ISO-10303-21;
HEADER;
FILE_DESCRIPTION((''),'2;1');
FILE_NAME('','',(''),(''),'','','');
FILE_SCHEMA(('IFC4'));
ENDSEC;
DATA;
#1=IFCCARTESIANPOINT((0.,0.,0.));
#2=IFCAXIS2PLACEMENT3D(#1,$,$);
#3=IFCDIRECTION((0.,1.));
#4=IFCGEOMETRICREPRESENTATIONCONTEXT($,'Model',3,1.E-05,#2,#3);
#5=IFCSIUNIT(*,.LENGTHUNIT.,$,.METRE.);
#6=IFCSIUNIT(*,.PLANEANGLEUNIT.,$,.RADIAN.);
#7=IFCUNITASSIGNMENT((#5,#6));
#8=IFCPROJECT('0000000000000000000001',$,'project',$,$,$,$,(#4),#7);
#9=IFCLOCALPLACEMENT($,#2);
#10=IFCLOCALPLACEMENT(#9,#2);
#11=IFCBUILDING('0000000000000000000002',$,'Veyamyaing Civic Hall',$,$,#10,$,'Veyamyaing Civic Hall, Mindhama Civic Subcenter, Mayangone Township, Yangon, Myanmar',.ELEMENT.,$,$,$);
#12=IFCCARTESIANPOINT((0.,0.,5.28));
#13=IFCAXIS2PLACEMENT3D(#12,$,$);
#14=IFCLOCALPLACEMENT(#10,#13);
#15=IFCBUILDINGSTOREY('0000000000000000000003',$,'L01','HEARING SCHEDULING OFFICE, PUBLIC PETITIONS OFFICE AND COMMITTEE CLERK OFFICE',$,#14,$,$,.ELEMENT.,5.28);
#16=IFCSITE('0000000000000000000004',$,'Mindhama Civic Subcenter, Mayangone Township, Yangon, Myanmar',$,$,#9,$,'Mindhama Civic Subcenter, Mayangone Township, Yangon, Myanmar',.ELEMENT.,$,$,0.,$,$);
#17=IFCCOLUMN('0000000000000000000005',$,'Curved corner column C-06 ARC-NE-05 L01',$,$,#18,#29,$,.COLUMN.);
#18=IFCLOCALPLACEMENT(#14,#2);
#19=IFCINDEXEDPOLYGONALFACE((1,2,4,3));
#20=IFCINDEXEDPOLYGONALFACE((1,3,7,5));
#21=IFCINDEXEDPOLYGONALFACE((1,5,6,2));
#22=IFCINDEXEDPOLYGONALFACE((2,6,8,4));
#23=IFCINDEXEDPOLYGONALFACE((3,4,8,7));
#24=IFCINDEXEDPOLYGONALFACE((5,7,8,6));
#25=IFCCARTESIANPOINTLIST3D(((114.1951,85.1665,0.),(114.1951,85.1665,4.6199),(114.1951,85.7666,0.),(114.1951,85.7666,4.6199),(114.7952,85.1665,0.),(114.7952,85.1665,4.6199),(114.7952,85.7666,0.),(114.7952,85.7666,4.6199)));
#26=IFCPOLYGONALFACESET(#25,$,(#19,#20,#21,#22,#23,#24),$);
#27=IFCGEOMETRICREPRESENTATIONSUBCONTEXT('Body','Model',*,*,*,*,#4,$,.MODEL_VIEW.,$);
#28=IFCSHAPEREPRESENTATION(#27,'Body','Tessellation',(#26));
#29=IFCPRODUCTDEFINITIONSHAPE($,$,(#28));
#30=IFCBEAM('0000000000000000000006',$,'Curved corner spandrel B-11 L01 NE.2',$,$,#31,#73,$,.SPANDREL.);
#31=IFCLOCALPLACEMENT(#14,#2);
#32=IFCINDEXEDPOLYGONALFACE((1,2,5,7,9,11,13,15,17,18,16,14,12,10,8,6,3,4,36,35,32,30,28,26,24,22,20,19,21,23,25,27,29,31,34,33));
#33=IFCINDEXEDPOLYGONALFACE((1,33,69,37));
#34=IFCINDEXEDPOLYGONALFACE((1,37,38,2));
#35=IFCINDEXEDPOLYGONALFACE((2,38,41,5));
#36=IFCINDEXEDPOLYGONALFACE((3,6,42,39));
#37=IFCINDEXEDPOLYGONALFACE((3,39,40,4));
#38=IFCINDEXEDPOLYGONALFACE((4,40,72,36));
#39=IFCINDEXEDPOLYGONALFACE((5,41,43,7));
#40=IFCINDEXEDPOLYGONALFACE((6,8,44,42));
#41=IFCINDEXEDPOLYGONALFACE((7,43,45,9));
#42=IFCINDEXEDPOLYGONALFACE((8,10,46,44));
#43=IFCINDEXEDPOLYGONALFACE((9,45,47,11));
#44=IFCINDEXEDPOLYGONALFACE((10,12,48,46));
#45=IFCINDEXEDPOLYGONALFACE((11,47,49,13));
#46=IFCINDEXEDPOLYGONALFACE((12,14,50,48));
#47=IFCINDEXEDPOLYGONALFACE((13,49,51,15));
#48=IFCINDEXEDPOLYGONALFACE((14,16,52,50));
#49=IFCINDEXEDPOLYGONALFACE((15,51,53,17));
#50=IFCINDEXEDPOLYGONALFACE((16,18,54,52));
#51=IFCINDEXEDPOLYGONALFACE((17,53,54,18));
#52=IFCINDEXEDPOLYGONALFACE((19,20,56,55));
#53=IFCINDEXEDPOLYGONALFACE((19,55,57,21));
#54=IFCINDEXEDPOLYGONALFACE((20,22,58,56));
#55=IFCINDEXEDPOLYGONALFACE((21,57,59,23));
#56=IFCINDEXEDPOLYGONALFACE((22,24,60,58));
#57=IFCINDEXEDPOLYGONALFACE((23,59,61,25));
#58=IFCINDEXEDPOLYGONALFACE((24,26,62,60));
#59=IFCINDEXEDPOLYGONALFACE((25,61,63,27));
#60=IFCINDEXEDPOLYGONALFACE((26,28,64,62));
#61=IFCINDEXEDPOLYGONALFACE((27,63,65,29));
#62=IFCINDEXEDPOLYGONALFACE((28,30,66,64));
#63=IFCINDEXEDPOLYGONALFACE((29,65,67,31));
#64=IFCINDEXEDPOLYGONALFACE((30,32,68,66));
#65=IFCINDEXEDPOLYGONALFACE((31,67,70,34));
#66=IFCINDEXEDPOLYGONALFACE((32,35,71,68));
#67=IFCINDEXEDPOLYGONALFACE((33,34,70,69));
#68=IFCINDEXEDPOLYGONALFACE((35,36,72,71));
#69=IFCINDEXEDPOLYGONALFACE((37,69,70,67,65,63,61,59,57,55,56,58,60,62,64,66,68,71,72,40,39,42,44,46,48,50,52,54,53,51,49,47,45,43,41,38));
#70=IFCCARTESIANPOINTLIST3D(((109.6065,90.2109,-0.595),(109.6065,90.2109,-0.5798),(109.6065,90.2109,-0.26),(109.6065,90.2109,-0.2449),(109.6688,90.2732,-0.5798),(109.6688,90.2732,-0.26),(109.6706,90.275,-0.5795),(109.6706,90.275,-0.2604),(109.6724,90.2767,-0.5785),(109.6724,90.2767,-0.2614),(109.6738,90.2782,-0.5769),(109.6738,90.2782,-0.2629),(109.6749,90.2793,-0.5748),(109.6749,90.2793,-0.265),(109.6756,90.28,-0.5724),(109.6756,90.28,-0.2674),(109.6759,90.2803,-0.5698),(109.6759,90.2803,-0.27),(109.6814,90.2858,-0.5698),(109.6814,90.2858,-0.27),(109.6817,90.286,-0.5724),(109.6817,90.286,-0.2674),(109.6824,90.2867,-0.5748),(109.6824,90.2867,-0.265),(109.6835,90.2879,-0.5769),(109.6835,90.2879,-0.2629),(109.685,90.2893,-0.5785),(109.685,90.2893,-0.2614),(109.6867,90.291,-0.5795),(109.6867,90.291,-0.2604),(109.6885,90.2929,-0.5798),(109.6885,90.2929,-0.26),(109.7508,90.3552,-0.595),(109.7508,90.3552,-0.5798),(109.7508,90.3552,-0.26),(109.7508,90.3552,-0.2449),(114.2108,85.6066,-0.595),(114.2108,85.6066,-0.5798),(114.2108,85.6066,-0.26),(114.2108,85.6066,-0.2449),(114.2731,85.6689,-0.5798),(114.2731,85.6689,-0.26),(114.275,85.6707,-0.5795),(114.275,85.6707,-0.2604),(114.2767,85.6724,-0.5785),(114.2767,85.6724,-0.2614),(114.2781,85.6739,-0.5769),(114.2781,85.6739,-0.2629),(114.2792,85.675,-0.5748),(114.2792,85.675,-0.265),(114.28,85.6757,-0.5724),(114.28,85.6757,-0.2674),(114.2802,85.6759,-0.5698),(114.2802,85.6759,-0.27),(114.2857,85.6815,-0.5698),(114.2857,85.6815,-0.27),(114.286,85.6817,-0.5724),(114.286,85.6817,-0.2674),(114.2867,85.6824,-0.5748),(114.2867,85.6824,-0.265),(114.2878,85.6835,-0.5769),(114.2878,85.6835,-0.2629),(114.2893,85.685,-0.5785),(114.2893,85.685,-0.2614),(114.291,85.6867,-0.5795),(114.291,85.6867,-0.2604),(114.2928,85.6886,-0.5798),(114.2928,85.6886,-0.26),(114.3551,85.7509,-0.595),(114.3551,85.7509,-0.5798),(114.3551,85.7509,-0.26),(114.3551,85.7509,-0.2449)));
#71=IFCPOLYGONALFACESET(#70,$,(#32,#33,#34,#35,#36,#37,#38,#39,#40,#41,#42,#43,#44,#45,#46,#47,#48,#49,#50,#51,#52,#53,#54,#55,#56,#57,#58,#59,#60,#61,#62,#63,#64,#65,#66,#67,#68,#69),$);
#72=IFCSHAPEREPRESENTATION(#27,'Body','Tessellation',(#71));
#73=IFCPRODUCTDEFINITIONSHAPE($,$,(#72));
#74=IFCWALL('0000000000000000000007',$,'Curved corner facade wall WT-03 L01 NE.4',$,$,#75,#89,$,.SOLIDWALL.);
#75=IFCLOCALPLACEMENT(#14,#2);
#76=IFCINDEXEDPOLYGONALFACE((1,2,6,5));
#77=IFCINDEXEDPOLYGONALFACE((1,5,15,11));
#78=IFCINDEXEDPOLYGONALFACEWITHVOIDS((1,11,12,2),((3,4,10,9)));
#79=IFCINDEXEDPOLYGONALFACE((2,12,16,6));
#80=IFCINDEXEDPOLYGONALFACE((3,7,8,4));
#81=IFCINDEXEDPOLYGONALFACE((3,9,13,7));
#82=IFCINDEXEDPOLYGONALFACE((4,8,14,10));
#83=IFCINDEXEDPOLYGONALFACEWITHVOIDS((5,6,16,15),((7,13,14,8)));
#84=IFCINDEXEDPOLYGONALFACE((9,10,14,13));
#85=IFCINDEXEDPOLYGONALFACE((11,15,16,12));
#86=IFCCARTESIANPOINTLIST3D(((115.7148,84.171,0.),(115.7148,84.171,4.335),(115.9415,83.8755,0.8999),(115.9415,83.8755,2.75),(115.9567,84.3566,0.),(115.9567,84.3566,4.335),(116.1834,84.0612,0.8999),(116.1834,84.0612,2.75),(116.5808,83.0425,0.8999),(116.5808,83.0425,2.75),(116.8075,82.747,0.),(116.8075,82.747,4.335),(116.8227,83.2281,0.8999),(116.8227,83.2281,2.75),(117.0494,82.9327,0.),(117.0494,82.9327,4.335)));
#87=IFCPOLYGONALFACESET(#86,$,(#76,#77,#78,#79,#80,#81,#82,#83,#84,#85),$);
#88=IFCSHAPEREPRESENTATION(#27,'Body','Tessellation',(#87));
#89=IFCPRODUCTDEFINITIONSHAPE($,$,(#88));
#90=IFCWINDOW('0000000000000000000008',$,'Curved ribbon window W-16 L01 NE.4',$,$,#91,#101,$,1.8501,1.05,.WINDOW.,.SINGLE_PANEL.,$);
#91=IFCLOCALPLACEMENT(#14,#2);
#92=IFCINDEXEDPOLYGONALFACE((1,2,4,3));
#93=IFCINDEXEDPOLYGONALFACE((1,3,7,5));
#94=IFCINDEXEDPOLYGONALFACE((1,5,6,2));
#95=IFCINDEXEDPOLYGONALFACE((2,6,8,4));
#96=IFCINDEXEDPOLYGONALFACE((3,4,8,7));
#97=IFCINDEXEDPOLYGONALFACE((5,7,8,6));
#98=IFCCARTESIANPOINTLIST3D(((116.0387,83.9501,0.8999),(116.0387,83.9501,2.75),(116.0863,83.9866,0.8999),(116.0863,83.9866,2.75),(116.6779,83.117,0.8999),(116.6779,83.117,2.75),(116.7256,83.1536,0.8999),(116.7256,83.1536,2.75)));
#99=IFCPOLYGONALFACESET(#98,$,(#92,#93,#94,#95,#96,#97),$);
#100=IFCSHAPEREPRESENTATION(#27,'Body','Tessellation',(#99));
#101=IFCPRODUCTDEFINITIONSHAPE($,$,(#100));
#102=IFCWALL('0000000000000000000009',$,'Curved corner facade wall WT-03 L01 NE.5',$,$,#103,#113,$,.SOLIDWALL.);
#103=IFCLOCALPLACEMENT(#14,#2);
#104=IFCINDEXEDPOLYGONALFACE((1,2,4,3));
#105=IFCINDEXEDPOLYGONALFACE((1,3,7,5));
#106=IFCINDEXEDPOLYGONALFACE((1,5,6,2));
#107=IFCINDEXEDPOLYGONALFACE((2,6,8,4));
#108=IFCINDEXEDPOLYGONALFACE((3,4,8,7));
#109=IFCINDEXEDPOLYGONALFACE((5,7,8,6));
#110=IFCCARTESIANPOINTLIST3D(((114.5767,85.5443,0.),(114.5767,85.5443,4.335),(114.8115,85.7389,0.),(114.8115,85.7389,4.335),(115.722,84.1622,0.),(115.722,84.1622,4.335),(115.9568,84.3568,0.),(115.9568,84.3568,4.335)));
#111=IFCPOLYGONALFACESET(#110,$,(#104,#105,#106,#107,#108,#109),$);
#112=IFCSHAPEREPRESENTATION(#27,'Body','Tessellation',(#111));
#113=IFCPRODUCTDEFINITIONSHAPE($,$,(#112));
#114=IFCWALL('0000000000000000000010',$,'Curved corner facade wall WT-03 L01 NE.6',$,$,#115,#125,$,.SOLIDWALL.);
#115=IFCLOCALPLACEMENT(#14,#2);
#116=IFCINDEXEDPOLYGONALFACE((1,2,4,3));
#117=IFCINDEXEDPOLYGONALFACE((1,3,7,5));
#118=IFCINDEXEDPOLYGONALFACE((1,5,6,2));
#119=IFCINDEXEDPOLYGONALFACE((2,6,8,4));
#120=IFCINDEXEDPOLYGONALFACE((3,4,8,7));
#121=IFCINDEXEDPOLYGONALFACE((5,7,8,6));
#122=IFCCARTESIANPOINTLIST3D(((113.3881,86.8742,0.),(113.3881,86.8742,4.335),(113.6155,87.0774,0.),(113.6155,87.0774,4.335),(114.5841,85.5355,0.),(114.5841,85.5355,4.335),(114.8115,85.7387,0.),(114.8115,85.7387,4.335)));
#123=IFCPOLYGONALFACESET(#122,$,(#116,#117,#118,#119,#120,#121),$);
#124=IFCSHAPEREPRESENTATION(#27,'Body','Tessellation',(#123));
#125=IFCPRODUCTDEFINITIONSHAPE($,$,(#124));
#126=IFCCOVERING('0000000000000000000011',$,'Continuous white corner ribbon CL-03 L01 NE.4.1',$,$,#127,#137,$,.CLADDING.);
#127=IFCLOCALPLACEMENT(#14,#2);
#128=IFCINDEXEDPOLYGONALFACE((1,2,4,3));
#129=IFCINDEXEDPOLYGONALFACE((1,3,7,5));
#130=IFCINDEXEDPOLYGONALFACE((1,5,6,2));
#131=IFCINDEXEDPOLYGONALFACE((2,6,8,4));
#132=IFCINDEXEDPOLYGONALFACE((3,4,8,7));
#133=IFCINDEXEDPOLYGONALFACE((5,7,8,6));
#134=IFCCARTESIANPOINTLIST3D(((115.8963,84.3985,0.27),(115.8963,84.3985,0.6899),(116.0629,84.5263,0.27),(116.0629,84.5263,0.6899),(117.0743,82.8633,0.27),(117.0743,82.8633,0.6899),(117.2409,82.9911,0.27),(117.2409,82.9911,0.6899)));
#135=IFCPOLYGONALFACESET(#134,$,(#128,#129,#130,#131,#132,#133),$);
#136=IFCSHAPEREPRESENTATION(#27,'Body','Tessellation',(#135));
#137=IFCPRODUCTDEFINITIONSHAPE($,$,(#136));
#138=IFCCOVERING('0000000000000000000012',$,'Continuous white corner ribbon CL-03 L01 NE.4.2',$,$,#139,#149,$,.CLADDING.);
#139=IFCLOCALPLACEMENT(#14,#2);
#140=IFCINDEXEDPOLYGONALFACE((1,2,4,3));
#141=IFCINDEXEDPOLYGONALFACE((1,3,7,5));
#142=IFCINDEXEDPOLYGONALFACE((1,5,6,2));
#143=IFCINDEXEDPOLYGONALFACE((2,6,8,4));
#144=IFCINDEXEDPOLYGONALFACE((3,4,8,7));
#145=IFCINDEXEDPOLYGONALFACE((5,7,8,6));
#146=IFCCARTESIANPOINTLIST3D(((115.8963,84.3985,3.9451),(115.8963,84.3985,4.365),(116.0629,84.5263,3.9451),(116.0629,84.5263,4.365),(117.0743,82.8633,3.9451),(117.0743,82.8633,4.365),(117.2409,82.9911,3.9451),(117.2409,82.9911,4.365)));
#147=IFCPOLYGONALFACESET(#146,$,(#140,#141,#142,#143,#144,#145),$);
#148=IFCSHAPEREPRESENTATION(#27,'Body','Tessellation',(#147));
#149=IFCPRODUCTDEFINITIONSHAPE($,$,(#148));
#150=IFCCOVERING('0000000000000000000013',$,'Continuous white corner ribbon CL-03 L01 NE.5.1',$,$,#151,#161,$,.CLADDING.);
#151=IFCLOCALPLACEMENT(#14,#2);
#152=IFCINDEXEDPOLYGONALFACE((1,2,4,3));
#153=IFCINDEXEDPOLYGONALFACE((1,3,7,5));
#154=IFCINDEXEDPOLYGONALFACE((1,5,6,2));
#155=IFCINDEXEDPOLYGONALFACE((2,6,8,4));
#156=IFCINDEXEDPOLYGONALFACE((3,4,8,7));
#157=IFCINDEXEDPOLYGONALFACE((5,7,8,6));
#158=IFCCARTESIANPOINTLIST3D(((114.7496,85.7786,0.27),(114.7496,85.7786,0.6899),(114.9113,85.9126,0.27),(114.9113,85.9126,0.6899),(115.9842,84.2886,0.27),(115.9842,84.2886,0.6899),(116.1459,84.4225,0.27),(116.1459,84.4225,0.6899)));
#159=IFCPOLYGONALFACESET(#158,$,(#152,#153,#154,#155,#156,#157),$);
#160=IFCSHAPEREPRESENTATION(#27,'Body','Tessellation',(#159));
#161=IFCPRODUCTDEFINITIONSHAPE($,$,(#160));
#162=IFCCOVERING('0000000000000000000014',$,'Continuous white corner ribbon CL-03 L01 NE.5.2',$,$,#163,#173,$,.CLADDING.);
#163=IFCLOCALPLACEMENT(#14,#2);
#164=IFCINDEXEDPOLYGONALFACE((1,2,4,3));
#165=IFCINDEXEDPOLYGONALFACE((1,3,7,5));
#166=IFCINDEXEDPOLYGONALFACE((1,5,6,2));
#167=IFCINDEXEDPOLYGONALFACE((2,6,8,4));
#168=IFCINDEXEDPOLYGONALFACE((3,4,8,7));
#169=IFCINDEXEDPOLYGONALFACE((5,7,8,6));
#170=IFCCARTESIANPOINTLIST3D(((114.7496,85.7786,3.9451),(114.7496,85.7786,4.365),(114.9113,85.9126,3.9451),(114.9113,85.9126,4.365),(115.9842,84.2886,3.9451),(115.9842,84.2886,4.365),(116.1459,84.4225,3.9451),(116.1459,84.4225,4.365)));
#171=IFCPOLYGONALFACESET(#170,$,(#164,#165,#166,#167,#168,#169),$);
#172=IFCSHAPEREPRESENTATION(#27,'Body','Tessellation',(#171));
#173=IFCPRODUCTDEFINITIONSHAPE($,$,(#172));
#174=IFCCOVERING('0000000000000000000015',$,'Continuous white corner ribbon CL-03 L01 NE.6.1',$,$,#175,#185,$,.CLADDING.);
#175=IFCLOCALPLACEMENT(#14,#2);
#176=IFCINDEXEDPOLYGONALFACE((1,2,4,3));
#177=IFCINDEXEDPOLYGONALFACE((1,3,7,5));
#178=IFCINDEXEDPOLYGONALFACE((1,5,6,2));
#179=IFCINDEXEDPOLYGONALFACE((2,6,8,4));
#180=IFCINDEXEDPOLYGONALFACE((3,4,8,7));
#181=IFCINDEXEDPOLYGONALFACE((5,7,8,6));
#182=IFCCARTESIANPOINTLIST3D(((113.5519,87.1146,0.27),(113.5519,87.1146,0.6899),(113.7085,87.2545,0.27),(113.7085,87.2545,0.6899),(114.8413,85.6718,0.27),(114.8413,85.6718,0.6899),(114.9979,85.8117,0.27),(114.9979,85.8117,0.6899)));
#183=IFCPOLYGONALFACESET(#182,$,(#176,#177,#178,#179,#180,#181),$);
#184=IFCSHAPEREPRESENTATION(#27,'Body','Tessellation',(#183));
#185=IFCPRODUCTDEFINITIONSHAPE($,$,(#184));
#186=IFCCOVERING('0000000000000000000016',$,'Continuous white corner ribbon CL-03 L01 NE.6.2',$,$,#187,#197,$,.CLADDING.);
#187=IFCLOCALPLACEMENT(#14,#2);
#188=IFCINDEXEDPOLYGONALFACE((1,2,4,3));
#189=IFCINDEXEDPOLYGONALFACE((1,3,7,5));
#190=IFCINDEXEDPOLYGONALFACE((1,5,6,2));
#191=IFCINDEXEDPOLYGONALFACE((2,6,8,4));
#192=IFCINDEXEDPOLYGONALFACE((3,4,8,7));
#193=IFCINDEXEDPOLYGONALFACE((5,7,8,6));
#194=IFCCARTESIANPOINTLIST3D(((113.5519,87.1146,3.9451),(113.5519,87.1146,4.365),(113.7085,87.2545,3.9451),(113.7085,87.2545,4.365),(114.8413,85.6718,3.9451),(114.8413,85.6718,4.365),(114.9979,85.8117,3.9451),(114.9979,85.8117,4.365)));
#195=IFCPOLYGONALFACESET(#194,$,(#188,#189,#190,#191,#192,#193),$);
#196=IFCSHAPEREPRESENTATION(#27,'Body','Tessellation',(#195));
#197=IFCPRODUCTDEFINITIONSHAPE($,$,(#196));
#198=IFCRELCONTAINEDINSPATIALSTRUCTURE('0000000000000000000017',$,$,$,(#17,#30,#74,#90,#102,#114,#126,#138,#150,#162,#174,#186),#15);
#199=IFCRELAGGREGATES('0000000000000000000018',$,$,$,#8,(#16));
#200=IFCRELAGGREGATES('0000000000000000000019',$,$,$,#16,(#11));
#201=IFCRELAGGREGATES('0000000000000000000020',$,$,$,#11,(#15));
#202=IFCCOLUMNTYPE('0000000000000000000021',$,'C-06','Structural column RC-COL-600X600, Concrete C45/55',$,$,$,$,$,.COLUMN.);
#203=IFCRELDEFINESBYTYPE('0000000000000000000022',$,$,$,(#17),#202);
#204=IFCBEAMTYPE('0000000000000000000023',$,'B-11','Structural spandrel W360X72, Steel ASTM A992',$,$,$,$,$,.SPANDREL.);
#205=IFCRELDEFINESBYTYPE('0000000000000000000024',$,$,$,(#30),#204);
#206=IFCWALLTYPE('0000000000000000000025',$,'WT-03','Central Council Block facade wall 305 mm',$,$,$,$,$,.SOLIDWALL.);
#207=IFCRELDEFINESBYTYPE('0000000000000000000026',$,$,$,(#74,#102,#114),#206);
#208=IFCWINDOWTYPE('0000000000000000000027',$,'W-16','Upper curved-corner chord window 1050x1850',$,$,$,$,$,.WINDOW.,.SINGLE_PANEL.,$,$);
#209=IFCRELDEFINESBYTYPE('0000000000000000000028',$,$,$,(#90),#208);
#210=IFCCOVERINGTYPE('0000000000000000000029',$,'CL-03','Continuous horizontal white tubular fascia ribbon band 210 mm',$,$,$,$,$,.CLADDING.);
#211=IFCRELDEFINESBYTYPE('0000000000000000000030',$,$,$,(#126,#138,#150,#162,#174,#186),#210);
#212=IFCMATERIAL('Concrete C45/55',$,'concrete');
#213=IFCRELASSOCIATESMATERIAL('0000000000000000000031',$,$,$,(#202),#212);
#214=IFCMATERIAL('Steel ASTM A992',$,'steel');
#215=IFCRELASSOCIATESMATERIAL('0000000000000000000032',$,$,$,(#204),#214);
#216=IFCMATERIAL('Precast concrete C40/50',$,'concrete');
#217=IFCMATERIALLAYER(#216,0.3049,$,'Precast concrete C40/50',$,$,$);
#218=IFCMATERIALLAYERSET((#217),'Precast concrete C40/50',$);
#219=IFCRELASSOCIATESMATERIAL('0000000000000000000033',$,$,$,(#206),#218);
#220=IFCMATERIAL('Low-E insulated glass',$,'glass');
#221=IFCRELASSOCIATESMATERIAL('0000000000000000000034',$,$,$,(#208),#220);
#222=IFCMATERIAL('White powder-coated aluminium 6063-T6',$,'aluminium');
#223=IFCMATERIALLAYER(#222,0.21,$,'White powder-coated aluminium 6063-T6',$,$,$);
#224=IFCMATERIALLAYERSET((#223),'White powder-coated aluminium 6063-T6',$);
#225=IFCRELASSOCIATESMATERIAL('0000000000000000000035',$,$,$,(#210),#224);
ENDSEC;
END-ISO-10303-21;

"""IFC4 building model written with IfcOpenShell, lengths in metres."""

from ifc_helpers import new_model, si_unit, direction, frame, frame_2d, origin, origin_2d, place, context, subcontext, project, spatial, rectangle, i_section, extrude, material, layer, layer_set, material_profile, profile_set, type_object, element, fill, save


model = new_model("IFC4")

# Units and contexts
model_context = context("Model", 3, precision=1e-05, world=origin(), true_north=direction((0.0, 1.0)))
body_context = subcontext(model_context, "Body", "Model", "MODEL_VIEW")
ifc_project = project(units=[si_unit("LENGTHUNIT", "METRE"), si_unit("PLANEANGLEUNIT", "RADIAN")], contexts=[model_context])

# Site, building, storey
site_placement = place(None, origin())
site = spatial("IfcSite", under=ifc_project, at=site_placement, Name="Mindhama Civic Subcenter, Mayangone Township, Yangon, Myanmar", LongName="Mindhama Civic Subcenter, Mayangone Township, Yangon, Myanmar", CompositionType="ELEMENT", RefElevation=0.0)
building_placement = place(site_placement, origin())
building = spatial("IfcBuilding", under=site, at=building_placement, Name="Veyamyaing Civic Hall", LongName="Veyamyaing Civic Hall, Mindhama Civic Subcenter, Mayangone Township, Yangon, Myanmar", CompositionType="ELEMENT")
storey_placement = place(building_placement, frame((0.0, 0.0, 5.28)))
storey = spatial("IfcBuildingStorey", under=building, at=storey_placement, Name="L01", Description="HEARING SCHEDULING OFFICE, PUBLIC PETITIONS OFFICE AND COMMITTEE CLERK OFFICE", CompositionType="ELEMENT", Elevation=5.28)

# Column
ifc_material_1 = material(Name="Concrete C45/55", Category="concrete")
ifc_material_profile_1 = material_profile(ifc_material_1, rectangle(XDim=0.6001, YDim=0.6001, at=origin_2d()), Name="RC-COL-600X600")
ifc_profile_set_1 = profile_set([ifc_material_profile_1], Name="Concrete C45/55")
column_type = type_object("IfcColumnType", Name="C-06", Description="Structural column RC-COL-600X600, Concrete C45/55", PredefinedType="COLUMN", material=ifc_profile_set_1)
column_placement = place(storey_placement, frame((114.4951, 85.4666, 0.0), z_axis=(0.0, 0.0, 1.0), x_axis=(1.0, 0.0, 0.0)))
element("IfcColumn", 1, at=column_placement, inside=storey, type_object=column_type, Name="Curved corner column C-06 ARC-NE-05 L01", PredefinedType="COLUMN", context=body_context, shape_type="SweptSolid", body=[
    extrude(rectangle(XDim=0.6001, YDim=0.6001, at=origin_2d()), origin(), (0.0, 0.0, 1.0), 4.6199),
])

# Beam
ifc_material_2 = material(Name="Steel ASTM A992", Category="steel")
ifc_material_profile_2 = material_profile(ifc_material_2, i_section(OverallWidth=0.2041, OverallDepth=0.3501, WebThickness=0.0078, FlangeThickness=0.0151, FilletRadius=0.01, at=origin_2d()), Name="W360X72")
ifc_profile_set_2 = profile_set([ifc_material_profile_2], Name="Steel ASTM A992")
beam_type = type_object("IfcBeamType", Name="B-11", Description="Structural spandrel W360X72, Steel ASTM A992", PredefinedType="SPANDREL", material=ifc_profile_set_2)
beam_placement = place(storey_placement, frame((114.283, 85.6787, -0.4199), z_axis=(-0.707107, 0.707107, 0.0), x_axis=(-0.707107, -0.707107, 0.0)))
element("IfcBeam", 2, at=beam_placement, inside=storey, type_object=beam_type, Name="Curved corner spandrel B-11 L01 NE.2", PredefinedType="SPANDREL", context=body_context, shape_type="SweptSolid", body=[
    extrude(i_section(OverallWidth=0.2041, OverallDepth=0.3501, WebThickness=0.0078, FlangeThickness=0.0151, FilletRadius=0.01, at=origin_2d()), origin(), (0.0, 0.0, 1.0), 6.5115),
])

# Wall, opening, window
ifc_material_3 = material(Name="Precast concrete C40/50", Category="concrete")
ifc_layer_1 = layer(ifc_material_3, 0.3049, Name="Precast concrete C40/50")
ifc_layer_set_1 = layer_set([ifc_layer_1], Name="Precast concrete C40/50")
wall_type = type_object("IfcWallType", Name="WT-03", Description="Central Council Block facade wall 305 mm", PredefinedType="SOLIDWALL", material=ifc_layer_set_1)
wall_1_placement = place(storey_placement, frame((116.9285, 82.8398, 0.0), z_axis=(0.0, 0.0, 1.0), x_axis=(-0.608777, 0.793341, 0.0)))
wall_1 = element("IfcWall", 3, at=wall_1_placement, inside=storey, type_object=wall_type, Name="Curved corner facade wall WT-03 L01 NE.4", PredefinedType="SOLIDWALL", context=body_context, shape_type="SweptSolid", body=[
    extrude(rectangle(XDim=1.7949, YDim=0.3049, at=frame_2d((0.8975, 0.0))), origin(), (0.0, 0.0, 1.0), 4.335),
])
opening_placement = place(wall_1_placement, frame((0.3726, 0.0, 0.8999)))
opening = element("IfcOpeningElement", 4, at=opening_placement, cuts=wall_1, PredefinedType="OPENING", context=body_context, shape_type="SweptSolid", body=[
    extrude(rectangle(XDim=1.05, YDim=1.8501, at=frame_2d((0.5249, 0.925))), frame((0.0, 0.1624, 0.0), z_axis=(0.0, -1.0, 0.0), x_axis=(1.0, 0.0, 0.0)), (0.0, 0.0, 1.0), 0.325),
])
ifc_material_4 = material(Name="Low-E insulated glass", Category="glass")
window_type = type_object("IfcWindowType", Name="W-16", Description="Upper curved-corner chord window 1050x1850", PartitioningType="SINGLE_PANEL", PredefinedType="WINDOW", material=ifc_material_4)
window_placement = place(opening_placement, origin())
window = element("IfcWindow", 5, at=window_placement, inside=storey, type_object=window_type, Name="Curved ribbon window W-16 L01 NE.4", OverallHeight=1.8501, OverallWidth=1.05, PartitioningType="SINGLE_PANEL", PredefinedType="WINDOW", context=body_context, shape_type="SweptSolid", body=[
    extrude(rectangle(XDim=1.05, YDim=1.8501, at=frame_2d((0.5249, 0.925))), frame((0.0, 0.03, 0.0), z_axis=(0.0, -1.0, 0.0), x_axis=(1.0, 0.0, 0.0)), (0.0, 0.0, 1.0), 0.0601),
])
fill(opening, window)

# Walls
wall_2_placement = place(storey_placement, frame((115.8394, 84.2595, 0.0), z_axis=(0.0, 0.0, 1.0), x_axis=(-0.638055, 0.769991, 0.0)))
element("IfcWall", 6, at=wall_2_placement, inside=storey, type_object=wall_type, Name="Curved corner facade wall WT-03 L01 NE.5", PredefinedType="SOLIDWALL", context=body_context, shape_type="SweptSolid", body=[
    extrude(rectangle(XDim=1.7949, YDim=0.3049, at=frame_2d((0.8975, 0.0))), origin(), (0.0, 0.0, 1.0), 4.335),
])
wall_3_placement = place(storey_placement, frame((114.6978, 85.6372, 0.0), z_axis=(0.0, 0.0, 1.0), x_axis=(-0.666278, 0.745704, 0.0)))
element("IfcWall", 7, at=wall_3_placement, inside=storey, type_object=wall_type, Name="Curved corner facade wall WT-03 L01 NE.6", PredefinedType="SOLIDWALL", context=body_context, shape_type="SweptSolid", body=[
    extrude(rectangle(XDim=1.7952, YDim=0.3049, at=frame_2d((0.8975, 0.0))), origin(), (0.0, 0.0, 1.0), 4.335),
])

# Coverings
ifc_material_5 = material(Name="White powder-coated aluminium 6063-T6", Category="aluminium")
ifc_layer_2 = layer(ifc_material_5, 0.21, Name="White powder-coated aluminium 6063-T6")
ifc_layer_set_2 = layer_set([ifc_layer_2], Name="White powder-coated aluminium 6063-T6")
covering_type = type_object("IfcCoveringType", Name="CL-03", Description="Continuous horizontal white tubular fascia ribbon band 210 mm", PredefinedType="CLADDING", material=ifc_layer_set_2)
for number, where, z_axis, x_axis, name in (
    (8, (116.5686, 83.6948, 0.27), (0.0, 0.0, 1.0), (-0.608761, 0.793353, 0.0), "Continuous white corner ribbon CL-03 L01 NE.4.1"),
    (9, (116.5686, 83.6948, 3.9451), (0.0, 0.0, 1.0), (-0.608761, 0.793353, 0.0), "Continuous white corner ribbon CL-03 L01 NE.4.2"),
    (10, (115.4478, 85.1006, 0.27), (0.0, 0.0, 1.0), (-0.638, 0.770036, 0.0), "Continuous white corner ribbon CL-03 L01 NE.5.1"),
    (11, (115.4478, 85.1006, 3.9451), (0.0, 0.0, 1.0), (-0.638, 0.770036, 0.0), "Continuous white corner ribbon CL-03 L01 NE.5.2"),
    (12, (114.2749, 86.4631, 0.27), (0.0, 0.0, 1.0), (-0.666347, 0.745642, 0.0), "Continuous white corner ribbon CL-03 L01 NE.6.1"),
    (13, (114.2749, 86.4631, 3.9451), (0.0, 0.0, 1.0), (-0.666347, 0.745642, 0.0), "Continuous white corner ribbon CL-03 L01 NE.6.2"),
):
    element("IfcCovering", number, at=place(storey_placement, frame(where, z_axis=z_axis, x_axis=x_axis)), inside=storey, type_object=covering_type, Name=name, PredefinedType="CLADDING", context=body_context, shape_type="SweptSolid", body=[
        extrude(rectangle(XDim=1.9351, YDim=0.21, at=origin_2d()), origin(), (0.0, 0.0, 1.0), 0.4199),
    ])

save(model, "model.ifc")
